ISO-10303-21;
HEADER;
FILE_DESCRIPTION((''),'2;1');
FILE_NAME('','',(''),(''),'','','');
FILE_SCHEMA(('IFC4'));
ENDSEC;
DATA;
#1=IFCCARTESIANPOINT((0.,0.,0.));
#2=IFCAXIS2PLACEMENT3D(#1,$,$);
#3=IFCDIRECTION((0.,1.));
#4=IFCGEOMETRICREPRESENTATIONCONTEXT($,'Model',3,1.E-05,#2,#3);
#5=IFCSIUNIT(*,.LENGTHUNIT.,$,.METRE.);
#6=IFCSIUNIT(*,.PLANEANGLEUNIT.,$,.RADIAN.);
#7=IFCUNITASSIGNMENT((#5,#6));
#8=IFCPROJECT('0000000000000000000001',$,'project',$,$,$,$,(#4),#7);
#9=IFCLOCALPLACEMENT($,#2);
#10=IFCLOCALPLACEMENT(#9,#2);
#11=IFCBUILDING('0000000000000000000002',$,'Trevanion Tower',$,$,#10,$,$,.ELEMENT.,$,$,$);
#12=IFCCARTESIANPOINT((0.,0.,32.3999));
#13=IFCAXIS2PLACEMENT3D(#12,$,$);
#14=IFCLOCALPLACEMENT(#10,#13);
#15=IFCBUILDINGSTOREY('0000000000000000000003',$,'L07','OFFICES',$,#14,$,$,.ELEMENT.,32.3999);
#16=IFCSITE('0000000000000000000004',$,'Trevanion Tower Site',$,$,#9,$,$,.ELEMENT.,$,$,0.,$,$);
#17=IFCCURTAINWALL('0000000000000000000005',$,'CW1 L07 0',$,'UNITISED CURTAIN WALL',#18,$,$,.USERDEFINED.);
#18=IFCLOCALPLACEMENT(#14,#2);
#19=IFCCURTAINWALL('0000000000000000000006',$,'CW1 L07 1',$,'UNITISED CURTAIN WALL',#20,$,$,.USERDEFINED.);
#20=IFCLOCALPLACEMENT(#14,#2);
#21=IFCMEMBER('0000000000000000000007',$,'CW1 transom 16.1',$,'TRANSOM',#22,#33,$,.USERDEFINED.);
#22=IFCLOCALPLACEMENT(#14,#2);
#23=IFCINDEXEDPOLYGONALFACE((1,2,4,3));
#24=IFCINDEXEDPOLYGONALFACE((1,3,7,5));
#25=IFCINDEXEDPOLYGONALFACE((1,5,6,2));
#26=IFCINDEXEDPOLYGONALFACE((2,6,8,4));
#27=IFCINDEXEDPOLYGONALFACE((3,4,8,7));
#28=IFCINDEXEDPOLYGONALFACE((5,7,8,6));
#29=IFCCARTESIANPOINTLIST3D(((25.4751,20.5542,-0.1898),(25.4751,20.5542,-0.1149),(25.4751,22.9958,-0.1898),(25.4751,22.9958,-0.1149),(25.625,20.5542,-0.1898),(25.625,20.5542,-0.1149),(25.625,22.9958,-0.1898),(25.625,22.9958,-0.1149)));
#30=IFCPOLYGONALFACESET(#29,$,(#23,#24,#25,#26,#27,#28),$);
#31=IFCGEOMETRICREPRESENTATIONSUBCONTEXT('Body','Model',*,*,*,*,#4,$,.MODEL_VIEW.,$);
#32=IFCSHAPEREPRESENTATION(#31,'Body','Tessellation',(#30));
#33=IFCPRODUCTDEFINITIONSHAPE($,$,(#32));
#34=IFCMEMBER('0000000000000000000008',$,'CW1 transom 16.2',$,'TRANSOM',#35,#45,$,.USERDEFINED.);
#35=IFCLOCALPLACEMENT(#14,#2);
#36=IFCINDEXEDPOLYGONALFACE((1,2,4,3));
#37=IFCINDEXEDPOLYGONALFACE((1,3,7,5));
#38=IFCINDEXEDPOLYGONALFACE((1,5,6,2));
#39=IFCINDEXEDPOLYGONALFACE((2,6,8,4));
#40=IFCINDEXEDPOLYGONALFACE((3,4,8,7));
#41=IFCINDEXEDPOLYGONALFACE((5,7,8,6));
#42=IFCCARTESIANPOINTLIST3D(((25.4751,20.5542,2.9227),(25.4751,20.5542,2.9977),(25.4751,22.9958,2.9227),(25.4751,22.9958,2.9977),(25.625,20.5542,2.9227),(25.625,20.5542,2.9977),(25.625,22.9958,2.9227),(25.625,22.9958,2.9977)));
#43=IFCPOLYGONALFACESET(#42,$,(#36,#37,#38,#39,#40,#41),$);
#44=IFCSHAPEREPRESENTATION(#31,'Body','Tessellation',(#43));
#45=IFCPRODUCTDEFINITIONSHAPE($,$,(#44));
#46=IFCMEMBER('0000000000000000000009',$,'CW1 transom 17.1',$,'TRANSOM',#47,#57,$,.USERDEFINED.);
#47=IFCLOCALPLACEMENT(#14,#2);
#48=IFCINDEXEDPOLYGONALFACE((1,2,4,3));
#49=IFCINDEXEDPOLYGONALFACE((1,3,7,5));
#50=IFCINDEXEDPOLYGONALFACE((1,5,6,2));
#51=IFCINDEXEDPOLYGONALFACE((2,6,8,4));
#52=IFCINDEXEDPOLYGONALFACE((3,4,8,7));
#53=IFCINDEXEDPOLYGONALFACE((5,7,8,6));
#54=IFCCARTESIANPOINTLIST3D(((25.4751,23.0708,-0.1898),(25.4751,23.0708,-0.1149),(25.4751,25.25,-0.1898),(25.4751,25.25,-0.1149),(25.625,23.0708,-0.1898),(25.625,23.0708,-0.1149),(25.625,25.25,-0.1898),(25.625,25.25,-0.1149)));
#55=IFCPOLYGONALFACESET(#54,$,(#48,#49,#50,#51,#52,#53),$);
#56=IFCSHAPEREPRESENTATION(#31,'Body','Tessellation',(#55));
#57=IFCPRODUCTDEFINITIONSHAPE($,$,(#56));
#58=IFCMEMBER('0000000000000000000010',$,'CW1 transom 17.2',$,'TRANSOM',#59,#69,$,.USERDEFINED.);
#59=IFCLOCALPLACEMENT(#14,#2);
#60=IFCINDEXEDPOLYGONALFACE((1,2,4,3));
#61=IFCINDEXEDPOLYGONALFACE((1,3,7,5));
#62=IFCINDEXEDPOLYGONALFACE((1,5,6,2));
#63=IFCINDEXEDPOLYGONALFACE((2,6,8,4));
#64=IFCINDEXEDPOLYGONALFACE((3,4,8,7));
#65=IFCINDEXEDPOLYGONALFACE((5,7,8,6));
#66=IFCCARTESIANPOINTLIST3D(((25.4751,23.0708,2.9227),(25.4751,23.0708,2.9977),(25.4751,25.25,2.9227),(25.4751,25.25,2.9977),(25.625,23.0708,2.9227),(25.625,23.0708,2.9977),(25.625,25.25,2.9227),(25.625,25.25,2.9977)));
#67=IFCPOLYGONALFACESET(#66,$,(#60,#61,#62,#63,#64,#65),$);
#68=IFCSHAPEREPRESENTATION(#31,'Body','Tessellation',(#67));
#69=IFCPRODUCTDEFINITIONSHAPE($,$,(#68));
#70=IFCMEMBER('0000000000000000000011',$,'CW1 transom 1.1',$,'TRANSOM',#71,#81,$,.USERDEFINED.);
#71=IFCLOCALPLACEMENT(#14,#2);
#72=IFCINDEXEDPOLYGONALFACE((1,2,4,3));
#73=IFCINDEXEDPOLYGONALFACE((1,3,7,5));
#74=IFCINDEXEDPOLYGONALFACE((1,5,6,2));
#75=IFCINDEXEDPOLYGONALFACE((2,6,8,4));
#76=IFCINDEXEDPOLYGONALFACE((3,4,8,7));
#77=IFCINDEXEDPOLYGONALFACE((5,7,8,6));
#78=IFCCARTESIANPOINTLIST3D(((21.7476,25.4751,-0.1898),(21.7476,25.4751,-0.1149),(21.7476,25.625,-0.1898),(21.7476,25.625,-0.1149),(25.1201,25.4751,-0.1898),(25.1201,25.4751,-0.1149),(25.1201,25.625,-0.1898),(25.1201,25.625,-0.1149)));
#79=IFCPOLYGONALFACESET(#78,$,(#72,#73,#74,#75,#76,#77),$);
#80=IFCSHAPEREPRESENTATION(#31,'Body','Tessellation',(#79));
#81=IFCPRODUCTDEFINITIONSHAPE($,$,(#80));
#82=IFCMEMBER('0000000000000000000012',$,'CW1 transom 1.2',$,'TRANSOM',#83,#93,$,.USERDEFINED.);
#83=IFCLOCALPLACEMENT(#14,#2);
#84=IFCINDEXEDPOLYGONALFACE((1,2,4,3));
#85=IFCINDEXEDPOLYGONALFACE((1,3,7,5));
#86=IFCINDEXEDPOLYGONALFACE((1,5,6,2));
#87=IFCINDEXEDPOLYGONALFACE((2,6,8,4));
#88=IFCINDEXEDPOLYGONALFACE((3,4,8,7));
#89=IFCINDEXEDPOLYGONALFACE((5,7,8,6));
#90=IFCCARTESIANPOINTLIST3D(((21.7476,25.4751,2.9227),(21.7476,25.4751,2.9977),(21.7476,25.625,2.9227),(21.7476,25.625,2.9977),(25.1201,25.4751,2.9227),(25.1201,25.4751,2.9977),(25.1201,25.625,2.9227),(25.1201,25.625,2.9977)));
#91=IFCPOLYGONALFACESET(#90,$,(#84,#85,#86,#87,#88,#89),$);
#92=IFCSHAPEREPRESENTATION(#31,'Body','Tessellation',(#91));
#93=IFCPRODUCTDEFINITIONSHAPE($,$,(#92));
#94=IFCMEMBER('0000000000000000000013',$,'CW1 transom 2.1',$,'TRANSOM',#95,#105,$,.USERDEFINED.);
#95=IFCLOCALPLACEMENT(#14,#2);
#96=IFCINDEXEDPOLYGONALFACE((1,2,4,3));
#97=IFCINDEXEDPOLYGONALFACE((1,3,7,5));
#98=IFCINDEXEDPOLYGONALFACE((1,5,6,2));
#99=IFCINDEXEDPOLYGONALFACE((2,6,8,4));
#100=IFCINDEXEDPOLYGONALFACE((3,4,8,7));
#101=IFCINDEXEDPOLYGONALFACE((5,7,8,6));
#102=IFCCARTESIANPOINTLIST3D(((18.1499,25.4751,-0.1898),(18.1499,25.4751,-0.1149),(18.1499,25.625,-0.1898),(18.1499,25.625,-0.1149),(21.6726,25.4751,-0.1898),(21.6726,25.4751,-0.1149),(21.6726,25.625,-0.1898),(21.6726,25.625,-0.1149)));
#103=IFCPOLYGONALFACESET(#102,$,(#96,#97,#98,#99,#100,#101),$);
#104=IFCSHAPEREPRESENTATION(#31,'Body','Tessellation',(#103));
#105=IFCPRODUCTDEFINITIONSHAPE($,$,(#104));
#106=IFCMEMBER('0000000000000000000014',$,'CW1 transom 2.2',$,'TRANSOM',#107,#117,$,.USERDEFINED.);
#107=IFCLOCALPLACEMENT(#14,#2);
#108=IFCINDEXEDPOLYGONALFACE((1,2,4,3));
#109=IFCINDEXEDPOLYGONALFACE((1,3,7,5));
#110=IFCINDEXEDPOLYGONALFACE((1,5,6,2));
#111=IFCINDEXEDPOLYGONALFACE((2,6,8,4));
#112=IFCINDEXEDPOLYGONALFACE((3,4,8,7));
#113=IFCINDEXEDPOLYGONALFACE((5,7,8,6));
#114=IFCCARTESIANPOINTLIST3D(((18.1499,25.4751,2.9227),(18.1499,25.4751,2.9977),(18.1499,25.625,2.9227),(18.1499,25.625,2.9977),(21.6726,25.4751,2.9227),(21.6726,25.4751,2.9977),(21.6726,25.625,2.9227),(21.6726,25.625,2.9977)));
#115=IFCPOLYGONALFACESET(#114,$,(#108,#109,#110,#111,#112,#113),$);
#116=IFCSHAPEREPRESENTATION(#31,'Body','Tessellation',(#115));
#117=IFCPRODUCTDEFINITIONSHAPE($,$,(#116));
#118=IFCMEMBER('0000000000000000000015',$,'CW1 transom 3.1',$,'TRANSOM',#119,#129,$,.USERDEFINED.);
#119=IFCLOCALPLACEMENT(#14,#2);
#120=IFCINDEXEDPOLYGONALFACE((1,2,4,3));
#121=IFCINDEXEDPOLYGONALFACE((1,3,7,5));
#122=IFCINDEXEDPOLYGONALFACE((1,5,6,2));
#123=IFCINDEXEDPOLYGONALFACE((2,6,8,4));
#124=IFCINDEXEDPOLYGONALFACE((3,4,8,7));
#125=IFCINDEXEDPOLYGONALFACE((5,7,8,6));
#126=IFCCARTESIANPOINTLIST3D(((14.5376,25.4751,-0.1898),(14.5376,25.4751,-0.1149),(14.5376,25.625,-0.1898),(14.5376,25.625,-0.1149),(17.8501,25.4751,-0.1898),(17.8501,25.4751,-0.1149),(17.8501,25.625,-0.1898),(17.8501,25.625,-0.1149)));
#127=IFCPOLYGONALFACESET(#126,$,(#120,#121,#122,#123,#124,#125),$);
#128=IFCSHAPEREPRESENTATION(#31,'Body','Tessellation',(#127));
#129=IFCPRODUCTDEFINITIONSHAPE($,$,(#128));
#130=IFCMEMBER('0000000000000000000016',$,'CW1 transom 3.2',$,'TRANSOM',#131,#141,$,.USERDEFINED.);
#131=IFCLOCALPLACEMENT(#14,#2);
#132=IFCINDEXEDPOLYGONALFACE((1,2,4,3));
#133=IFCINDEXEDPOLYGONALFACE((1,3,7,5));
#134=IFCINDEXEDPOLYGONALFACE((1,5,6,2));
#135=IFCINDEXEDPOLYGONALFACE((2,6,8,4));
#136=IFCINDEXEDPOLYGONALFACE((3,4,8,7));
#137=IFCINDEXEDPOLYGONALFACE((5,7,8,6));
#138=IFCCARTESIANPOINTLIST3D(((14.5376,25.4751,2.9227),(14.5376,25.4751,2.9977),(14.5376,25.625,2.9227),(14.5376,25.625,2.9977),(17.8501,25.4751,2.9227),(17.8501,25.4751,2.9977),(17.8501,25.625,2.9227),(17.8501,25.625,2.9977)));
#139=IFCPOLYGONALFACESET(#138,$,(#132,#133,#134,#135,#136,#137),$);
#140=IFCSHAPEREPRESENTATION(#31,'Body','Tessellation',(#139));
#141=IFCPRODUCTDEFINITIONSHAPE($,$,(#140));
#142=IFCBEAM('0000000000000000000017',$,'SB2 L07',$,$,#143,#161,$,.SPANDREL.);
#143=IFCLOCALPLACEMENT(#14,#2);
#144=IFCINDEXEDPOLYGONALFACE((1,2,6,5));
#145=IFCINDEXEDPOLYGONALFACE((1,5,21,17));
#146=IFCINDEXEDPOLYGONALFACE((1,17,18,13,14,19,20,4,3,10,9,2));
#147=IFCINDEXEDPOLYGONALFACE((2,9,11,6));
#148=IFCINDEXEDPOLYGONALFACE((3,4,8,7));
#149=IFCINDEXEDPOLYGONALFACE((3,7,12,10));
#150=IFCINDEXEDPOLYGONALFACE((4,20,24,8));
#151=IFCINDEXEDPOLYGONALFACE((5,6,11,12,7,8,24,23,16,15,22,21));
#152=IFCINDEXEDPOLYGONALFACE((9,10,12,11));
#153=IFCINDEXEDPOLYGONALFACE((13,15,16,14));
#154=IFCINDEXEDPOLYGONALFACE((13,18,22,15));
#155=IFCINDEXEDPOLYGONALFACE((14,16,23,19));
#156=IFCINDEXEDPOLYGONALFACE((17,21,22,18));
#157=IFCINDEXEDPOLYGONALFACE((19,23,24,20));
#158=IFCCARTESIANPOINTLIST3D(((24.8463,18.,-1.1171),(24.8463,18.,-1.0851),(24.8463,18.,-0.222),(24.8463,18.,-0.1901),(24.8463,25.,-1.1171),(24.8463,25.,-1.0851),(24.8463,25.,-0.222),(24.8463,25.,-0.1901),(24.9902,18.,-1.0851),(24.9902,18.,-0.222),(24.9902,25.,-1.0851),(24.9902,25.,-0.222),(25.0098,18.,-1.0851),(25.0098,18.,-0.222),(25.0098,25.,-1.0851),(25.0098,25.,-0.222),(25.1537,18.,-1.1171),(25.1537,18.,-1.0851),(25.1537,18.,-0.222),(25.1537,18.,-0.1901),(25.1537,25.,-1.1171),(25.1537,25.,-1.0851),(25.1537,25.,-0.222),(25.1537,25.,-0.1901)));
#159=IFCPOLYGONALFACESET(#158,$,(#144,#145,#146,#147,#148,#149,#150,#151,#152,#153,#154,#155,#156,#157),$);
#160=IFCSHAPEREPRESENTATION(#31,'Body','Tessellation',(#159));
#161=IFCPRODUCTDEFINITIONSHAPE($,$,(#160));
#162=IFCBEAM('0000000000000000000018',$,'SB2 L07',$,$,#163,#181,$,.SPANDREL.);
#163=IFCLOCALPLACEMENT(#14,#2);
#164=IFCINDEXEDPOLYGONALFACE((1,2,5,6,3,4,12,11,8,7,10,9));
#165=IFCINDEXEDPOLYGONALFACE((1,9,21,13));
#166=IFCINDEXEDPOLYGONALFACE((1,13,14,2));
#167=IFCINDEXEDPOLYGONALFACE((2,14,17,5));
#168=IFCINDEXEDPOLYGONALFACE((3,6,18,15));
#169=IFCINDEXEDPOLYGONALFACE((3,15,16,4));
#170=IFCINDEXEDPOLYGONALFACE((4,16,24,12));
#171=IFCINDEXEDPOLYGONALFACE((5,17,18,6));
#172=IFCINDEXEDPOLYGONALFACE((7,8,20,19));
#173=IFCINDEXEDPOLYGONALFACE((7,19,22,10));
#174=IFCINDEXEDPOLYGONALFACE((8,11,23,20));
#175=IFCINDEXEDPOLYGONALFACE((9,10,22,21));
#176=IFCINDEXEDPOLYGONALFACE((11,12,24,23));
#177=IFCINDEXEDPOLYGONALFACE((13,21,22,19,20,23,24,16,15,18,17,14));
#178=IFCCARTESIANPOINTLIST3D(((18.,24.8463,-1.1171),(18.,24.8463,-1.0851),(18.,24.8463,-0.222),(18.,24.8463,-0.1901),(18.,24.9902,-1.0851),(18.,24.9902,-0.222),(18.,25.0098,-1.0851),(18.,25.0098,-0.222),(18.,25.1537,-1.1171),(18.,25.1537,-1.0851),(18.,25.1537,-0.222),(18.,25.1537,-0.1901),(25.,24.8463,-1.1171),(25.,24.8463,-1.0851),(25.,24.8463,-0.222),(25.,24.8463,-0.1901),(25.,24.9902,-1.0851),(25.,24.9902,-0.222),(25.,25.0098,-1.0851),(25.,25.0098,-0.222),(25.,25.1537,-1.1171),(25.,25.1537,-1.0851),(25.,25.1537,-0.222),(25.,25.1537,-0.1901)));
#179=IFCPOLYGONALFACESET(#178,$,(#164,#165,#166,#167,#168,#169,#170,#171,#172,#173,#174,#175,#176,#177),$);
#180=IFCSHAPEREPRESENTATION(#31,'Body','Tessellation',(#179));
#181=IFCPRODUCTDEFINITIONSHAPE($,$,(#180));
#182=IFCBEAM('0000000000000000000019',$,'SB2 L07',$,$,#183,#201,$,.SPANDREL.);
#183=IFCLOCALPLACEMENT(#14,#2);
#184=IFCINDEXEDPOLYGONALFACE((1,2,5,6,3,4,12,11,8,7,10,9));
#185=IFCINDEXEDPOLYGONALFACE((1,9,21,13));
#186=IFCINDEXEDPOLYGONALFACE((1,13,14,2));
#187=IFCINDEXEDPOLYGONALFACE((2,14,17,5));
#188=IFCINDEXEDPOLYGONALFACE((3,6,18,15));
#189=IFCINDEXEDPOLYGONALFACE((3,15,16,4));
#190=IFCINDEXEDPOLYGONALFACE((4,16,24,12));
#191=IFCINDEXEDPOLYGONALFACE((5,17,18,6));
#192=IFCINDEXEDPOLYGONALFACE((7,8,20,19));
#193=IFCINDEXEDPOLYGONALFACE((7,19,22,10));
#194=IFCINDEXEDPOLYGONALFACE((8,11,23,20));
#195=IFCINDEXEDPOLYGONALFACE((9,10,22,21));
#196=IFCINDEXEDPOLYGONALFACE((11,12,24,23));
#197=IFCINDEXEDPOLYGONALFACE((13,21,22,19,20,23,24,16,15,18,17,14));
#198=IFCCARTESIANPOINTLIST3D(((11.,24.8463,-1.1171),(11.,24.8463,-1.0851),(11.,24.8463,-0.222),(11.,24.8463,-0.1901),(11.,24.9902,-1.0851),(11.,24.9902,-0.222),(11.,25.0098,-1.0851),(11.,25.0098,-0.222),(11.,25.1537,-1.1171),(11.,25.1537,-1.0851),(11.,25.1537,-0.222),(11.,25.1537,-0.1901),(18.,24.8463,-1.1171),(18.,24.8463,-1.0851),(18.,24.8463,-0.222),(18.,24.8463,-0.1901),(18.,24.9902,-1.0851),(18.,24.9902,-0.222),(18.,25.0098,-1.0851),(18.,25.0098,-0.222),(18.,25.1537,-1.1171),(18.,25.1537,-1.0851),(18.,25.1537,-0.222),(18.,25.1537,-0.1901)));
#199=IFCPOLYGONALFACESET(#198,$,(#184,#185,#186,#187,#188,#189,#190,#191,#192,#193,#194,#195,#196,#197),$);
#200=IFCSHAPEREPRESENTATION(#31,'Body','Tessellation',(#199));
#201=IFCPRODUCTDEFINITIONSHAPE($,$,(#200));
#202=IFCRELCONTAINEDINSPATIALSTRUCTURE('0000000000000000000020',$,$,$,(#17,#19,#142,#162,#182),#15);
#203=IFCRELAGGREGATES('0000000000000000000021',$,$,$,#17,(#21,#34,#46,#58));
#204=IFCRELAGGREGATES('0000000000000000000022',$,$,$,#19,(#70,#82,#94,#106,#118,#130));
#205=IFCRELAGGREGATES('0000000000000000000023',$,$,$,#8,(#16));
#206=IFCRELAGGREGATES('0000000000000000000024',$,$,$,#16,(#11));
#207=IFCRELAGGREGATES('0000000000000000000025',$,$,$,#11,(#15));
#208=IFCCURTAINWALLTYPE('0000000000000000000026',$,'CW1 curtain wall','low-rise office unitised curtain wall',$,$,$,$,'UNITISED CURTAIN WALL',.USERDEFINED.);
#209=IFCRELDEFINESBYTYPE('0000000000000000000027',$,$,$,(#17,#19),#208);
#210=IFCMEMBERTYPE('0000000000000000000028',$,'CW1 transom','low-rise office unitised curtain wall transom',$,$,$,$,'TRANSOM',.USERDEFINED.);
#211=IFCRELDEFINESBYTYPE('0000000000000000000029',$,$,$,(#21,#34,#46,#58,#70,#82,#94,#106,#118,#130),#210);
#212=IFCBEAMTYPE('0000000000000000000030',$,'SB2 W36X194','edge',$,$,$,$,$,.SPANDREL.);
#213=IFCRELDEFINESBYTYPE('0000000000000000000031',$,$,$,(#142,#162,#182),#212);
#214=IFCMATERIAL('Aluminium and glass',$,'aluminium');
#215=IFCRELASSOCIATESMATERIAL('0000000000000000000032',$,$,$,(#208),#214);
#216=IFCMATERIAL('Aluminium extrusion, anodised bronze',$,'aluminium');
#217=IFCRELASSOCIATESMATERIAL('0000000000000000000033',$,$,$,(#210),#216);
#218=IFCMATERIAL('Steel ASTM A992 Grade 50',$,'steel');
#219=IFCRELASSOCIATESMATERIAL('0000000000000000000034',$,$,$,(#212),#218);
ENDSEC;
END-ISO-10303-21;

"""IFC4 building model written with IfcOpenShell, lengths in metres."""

from ifc_helpers import new_model, si_unit, direction, frame, origin, origin_2d, place, context, subcontext, project, spatial, rectangle, i_section, extrude, material, material_profile, profile_set, type_object, element, aggregate, save


model = new_model("IFC4")

# Units and contexts
model_context = context("Model", 3, precision=1e-05, world=origin(), true_north=direction((0.0, 1.0)))
body_context = subcontext(model_context, "Body", "Model", "MODEL_VIEW")
ifc_project = project(units=[si_unit("LENGTHUNIT", "METRE"), si_unit("PLANEANGLEUNIT", "RADIAN")], contexts=[model_context])

# Site, building, storey
site_placement = place(None, origin())
site = spatial("IfcSite", under=ifc_project, at=site_placement, Name="Trevanion Tower Site", CompositionType="ELEMENT", RefElevation=0.0)
building_placement = place(site_placement, origin())
building = spatial("IfcBuilding", under=site, at=building_placement, Name="Trevanion Tower", CompositionType="ELEMENT")
storey_placement = place(building_placement, frame((0.0, 0.0, 32.3999)))
storey = spatial("IfcBuildingStorey", under=building, at=storey_placement, Name="L07", Description="OFFICES", CompositionType="ELEMENT", Elevation=32.3999)

# Curtain wall
ifc_material_1 = material(Name="Aluminium and glass", Category="aluminium")
curtain_wall_type = type_object("IfcCurtainWallType", Name="CW1 curtain wall", Description="low-rise office unitised curtain wall", ElementType="UNITISED CURTAIN WALL", PredefinedType="USERDEFINED", material=ifc_material_1)
curtain_wall_1_placement = place(storey_placement, origin())
curtain_wall_1 = element("IfcCurtainWall", 1, at=curtain_wall_1_placement, inside=storey, type_object=curtain_wall_type, Name="CW1 L07 0", ObjectType="UNITISED CURTAIN WALL", PredefinedType="USERDEFINED")

# Curtain wall
curtain_wall_2_placement = place(storey_placement, origin())
curtain_wall_2 = element("IfcCurtainWall", 2, at=curtain_wall_2_placement, inside=storey, type_object=curtain_wall_type, Name="CW1 L07 1", ObjectType="UNITISED CURTAIN WALL", PredefinedType="USERDEFINED")

# Members
ifc_material_2 = material(Name="Aluminium extrusion, anodised bronze", Category="aluminium")
ifc_material_profile_1 = material_profile(ifc_material_2, rectangle(XDim=0.1499, YDim=0.075, at=origin_2d()), Name="CW1 transom")
ifc_profile_set_1 = profile_set([ifc_material_profile_1], Name="Aluminium extrusion, anodised bronze")
member_type_1 = type_object("IfcMemberType", Name="CW1 transom", Description="low-rise office unitised curtain wall transom", ElementType="TRANSOM", PredefinedType="USERDEFINED", material=ifc_profile_set_1)
member_1_placement = place(storey_placement, frame((25.55, 20.5542, -0.1523), z_axis=(0.0, 1.0, 0.0), x_axis=(-1.0, 0.0, 0.0)))
member_1 = element("IfcMember", 3, at=member_1_placement, type_object=member_type_1, Name="CW1 transom 16.1", ObjectType="TRANSOM", PredefinedType="USERDEFINED", context=body_context, shape_type="SweptSolid", body=[
    extrude(rectangle(XDim=0.1499, YDim=0.075, at=origin_2d()), origin(), (0.0, 0.0, 1.0), 2.4417),
])
member_2_placement = place(storey_placement, frame((25.55, 20.5542, 2.9602), z_axis=(0.0, 1.0, 0.0), x_axis=(-1.0, 0.0, 0.0)))
member_2 = element("IfcMember", 4, at=member_2_placement, type_object=member_type_1, Name="CW1 transom 16.2", ObjectType="TRANSOM", PredefinedType="USERDEFINED", context=body_context, shape_type="SweptSolid", body=[
    extrude(rectangle(XDim=0.1499, YDim=0.075, at=origin_2d()), origin(), (0.0, 0.0, 1.0), 2.4417),
])
member_3_placement = place(storey_placement, frame((25.55, 23.0708, -0.1523), z_axis=(0.0, 1.0, 0.0), x_axis=(-1.0, 0.0, 0.0)))
member_3 = element("IfcMember", 5, at=member_3_placement, type_object=member_type_1, Name="CW1 transom 17.1", ObjectType="TRANSOM", PredefinedType="USERDEFINED", context=body_context, shape_type="SweptSolid", body=[
    extrude(rectangle(XDim=0.1499, YDim=0.075, at=origin_2d()), origin(), (0.0, 0.0, 1.0), 2.1792),
])
member_4_placement = place(storey_placement, frame((25.55, 23.0708, 2.9602), z_axis=(0.0, 1.0, 0.0), x_axis=(-1.0, 0.0, 0.0)))
member_4 = element("IfcMember", 6, at=member_4_placement, type_object=member_type_1, Name="CW1 transom 17.2", ObjectType="TRANSOM", PredefinedType="USERDEFINED", context=body_context, shape_type="SweptSolid", body=[
    extrude(rectangle(XDim=0.1499, YDim=0.075, at=origin_2d()), origin(), (0.0, 0.0, 1.0), 2.1792),
])
member_5_placement = place(storey_placement, frame((25.1201, 25.55, -0.1523), z_axis=(-1.0, 0.0, 0.0), x_axis=(0.0, -1.0, 0.0)))
member_5 = element("IfcMember", 7, at=member_5_placement, type_object=member_type_1, Name="CW1 transom 1.1", ObjectType="TRANSOM", PredefinedType="USERDEFINED", context=body_context, shape_type="SweptSolid", body=[
    extrude(rectangle(XDim=0.1499, YDim=0.075, at=origin_2d()), origin(), (0.0, 0.0, 1.0), 3.3726),
])
member_6_placement = place(storey_placement, frame((25.1201, 25.55, 2.9602), z_axis=(-1.0, 0.0, 0.0), x_axis=(0.0, -1.0, 0.0)))
member_6 = element("IfcMember", 8, at=member_6_placement, type_object=member_type_1, Name="CW1 transom 1.2", ObjectType="TRANSOM", PredefinedType="USERDEFINED", context=body_context, shape_type="SweptSolid", body=[
    extrude(rectangle(XDim=0.1499, YDim=0.075, at=origin_2d()), origin(), (0.0, 0.0, 1.0), 3.3726),
])
member_7_placement = place(storey_placement, frame((21.6726, 25.55, -0.1523), z_axis=(-1.0, 0.0, 0.0), x_axis=(0.0, -1.0, 0.0)))
member_7 = element("IfcMember", 9, at=member_7_placement, type_object=member_type_1, Name="CW1 transom 2.1", ObjectType="TRANSOM", PredefinedType="USERDEFINED", context=body_context, shape_type="SweptSolid", body=[
    extrude(rectangle(XDim=0.1499, YDim=0.075, at=origin_2d()), origin(), (0.0, 0.0, 1.0), 3.5227),
])
member_8_placement = place(storey_placement, frame((21.6726, 25.55, 2.9602), z_axis=(-1.0, 0.0, 0.0), x_axis=(0.0, -1.0, 0.0)))
member_8 = element("IfcMember", 10, at=member_8_placement, type_object=member_type_1, Name="CW1 transom 2.2", ObjectType="TRANSOM", PredefinedType="USERDEFINED", context=body_context, shape_type="SweptSolid", body=[
    extrude(rectangle(XDim=0.1499, YDim=0.075, at=origin_2d()), origin(), (0.0, 0.0, 1.0), 3.5227),
])
member_9_placement = place(storey_placement, frame((17.8501, 25.55, -0.1523), z_axis=(-1.0, 0.0, 0.0), x_axis=(0.0, -1.0, 0.0)))
member_9 = element("IfcMember", 11, at=member_9_placement, type_object=member_type_1, Name="CW1 transom 3.1", ObjectType="TRANSOM", PredefinedType="USERDEFINED", context=body_context, shape_type="SweptSolid", body=[
    extrude(rectangle(XDim=0.1499, YDim=0.075, at=origin_2d()), origin(), (0.0, 0.0, 1.0), 3.3125),
])
member_10_placement = place(storey_placement, frame((17.8501, 25.55, 2.9602), z_axis=(-1.0, 0.0, 0.0), x_axis=(0.0, -1.0, 0.0)))
member_10 = element("IfcMember", 12, at=member_10_placement, type_object=member_type_1, Name="CW1 transom 3.2", ObjectType="TRANSOM", PredefinedType="USERDEFINED", context=body_context, shape_type="SweptSolid", body=[
    extrude(rectangle(XDim=0.1499, YDim=0.075, at=origin_2d()), origin(), (0.0, 0.0, 1.0), 3.3125),
])

# Beams
ifc_material_3 = material(Name="Steel ASTM A992 Grade 50", Category="steel")
ifc_material_profile_2 = material_profile(ifc_material_3, i_section(OverallWidth=0.3074, OverallDepth=0.927, WebThickness=0.0195, FlangeThickness=0.032, at=origin_2d()), Name="W36X194")
ifc_profile_set_2 = profile_set([ifc_material_profile_2], Name="Steel ASTM A992 Grade 50")
beam_type = type_object("IfcBeamType", Name="SB2 W36X194", Description="edge", PredefinedType="SPANDREL", material=ifc_profile_set_2)
for number, where, z_axis, x_axis, name in (
    (13, (25.0, 18.0, -0.6536), (0.0, 1.0, 0.0), (-1.0, 0.0, 0.0), "SB2 L07"),
    (14, (25.0, 25.0, -0.6536), (-1.0, 0.0, 0.0), (0.0, -1.0, 0.0), "SB2 L07"),
    (15, (18.0, 25.0, -0.6536), (-1.0, 0.0, 0.0), (0.0, -1.0, 0.0), "SB2 L07"),
):
    element("IfcBeam", number, at=place(storey_placement, frame(where, z_axis=z_axis, x_axis=x_axis)), inside=storey, type_object=beam_type, Name=name, PredefinedType="SPANDREL", context=body_context, shape_type="SweptSolid", body=[
        extrude(i_section(OverallWidth=0.3074, OverallDepth=0.927, WebThickness=0.0195, FlangeThickness=0.032, at=origin_2d()), origin(), (0.0, 0.0, 1.0), 7.0),
    ])

aggregate(curtain_wall_1, [member_1, member_2, member_3, member_4])
aggregate(curtain_wall_2, [member_5, member_6, member_7, member_8, member_9, member_10])

save(model, "model.ifc")
